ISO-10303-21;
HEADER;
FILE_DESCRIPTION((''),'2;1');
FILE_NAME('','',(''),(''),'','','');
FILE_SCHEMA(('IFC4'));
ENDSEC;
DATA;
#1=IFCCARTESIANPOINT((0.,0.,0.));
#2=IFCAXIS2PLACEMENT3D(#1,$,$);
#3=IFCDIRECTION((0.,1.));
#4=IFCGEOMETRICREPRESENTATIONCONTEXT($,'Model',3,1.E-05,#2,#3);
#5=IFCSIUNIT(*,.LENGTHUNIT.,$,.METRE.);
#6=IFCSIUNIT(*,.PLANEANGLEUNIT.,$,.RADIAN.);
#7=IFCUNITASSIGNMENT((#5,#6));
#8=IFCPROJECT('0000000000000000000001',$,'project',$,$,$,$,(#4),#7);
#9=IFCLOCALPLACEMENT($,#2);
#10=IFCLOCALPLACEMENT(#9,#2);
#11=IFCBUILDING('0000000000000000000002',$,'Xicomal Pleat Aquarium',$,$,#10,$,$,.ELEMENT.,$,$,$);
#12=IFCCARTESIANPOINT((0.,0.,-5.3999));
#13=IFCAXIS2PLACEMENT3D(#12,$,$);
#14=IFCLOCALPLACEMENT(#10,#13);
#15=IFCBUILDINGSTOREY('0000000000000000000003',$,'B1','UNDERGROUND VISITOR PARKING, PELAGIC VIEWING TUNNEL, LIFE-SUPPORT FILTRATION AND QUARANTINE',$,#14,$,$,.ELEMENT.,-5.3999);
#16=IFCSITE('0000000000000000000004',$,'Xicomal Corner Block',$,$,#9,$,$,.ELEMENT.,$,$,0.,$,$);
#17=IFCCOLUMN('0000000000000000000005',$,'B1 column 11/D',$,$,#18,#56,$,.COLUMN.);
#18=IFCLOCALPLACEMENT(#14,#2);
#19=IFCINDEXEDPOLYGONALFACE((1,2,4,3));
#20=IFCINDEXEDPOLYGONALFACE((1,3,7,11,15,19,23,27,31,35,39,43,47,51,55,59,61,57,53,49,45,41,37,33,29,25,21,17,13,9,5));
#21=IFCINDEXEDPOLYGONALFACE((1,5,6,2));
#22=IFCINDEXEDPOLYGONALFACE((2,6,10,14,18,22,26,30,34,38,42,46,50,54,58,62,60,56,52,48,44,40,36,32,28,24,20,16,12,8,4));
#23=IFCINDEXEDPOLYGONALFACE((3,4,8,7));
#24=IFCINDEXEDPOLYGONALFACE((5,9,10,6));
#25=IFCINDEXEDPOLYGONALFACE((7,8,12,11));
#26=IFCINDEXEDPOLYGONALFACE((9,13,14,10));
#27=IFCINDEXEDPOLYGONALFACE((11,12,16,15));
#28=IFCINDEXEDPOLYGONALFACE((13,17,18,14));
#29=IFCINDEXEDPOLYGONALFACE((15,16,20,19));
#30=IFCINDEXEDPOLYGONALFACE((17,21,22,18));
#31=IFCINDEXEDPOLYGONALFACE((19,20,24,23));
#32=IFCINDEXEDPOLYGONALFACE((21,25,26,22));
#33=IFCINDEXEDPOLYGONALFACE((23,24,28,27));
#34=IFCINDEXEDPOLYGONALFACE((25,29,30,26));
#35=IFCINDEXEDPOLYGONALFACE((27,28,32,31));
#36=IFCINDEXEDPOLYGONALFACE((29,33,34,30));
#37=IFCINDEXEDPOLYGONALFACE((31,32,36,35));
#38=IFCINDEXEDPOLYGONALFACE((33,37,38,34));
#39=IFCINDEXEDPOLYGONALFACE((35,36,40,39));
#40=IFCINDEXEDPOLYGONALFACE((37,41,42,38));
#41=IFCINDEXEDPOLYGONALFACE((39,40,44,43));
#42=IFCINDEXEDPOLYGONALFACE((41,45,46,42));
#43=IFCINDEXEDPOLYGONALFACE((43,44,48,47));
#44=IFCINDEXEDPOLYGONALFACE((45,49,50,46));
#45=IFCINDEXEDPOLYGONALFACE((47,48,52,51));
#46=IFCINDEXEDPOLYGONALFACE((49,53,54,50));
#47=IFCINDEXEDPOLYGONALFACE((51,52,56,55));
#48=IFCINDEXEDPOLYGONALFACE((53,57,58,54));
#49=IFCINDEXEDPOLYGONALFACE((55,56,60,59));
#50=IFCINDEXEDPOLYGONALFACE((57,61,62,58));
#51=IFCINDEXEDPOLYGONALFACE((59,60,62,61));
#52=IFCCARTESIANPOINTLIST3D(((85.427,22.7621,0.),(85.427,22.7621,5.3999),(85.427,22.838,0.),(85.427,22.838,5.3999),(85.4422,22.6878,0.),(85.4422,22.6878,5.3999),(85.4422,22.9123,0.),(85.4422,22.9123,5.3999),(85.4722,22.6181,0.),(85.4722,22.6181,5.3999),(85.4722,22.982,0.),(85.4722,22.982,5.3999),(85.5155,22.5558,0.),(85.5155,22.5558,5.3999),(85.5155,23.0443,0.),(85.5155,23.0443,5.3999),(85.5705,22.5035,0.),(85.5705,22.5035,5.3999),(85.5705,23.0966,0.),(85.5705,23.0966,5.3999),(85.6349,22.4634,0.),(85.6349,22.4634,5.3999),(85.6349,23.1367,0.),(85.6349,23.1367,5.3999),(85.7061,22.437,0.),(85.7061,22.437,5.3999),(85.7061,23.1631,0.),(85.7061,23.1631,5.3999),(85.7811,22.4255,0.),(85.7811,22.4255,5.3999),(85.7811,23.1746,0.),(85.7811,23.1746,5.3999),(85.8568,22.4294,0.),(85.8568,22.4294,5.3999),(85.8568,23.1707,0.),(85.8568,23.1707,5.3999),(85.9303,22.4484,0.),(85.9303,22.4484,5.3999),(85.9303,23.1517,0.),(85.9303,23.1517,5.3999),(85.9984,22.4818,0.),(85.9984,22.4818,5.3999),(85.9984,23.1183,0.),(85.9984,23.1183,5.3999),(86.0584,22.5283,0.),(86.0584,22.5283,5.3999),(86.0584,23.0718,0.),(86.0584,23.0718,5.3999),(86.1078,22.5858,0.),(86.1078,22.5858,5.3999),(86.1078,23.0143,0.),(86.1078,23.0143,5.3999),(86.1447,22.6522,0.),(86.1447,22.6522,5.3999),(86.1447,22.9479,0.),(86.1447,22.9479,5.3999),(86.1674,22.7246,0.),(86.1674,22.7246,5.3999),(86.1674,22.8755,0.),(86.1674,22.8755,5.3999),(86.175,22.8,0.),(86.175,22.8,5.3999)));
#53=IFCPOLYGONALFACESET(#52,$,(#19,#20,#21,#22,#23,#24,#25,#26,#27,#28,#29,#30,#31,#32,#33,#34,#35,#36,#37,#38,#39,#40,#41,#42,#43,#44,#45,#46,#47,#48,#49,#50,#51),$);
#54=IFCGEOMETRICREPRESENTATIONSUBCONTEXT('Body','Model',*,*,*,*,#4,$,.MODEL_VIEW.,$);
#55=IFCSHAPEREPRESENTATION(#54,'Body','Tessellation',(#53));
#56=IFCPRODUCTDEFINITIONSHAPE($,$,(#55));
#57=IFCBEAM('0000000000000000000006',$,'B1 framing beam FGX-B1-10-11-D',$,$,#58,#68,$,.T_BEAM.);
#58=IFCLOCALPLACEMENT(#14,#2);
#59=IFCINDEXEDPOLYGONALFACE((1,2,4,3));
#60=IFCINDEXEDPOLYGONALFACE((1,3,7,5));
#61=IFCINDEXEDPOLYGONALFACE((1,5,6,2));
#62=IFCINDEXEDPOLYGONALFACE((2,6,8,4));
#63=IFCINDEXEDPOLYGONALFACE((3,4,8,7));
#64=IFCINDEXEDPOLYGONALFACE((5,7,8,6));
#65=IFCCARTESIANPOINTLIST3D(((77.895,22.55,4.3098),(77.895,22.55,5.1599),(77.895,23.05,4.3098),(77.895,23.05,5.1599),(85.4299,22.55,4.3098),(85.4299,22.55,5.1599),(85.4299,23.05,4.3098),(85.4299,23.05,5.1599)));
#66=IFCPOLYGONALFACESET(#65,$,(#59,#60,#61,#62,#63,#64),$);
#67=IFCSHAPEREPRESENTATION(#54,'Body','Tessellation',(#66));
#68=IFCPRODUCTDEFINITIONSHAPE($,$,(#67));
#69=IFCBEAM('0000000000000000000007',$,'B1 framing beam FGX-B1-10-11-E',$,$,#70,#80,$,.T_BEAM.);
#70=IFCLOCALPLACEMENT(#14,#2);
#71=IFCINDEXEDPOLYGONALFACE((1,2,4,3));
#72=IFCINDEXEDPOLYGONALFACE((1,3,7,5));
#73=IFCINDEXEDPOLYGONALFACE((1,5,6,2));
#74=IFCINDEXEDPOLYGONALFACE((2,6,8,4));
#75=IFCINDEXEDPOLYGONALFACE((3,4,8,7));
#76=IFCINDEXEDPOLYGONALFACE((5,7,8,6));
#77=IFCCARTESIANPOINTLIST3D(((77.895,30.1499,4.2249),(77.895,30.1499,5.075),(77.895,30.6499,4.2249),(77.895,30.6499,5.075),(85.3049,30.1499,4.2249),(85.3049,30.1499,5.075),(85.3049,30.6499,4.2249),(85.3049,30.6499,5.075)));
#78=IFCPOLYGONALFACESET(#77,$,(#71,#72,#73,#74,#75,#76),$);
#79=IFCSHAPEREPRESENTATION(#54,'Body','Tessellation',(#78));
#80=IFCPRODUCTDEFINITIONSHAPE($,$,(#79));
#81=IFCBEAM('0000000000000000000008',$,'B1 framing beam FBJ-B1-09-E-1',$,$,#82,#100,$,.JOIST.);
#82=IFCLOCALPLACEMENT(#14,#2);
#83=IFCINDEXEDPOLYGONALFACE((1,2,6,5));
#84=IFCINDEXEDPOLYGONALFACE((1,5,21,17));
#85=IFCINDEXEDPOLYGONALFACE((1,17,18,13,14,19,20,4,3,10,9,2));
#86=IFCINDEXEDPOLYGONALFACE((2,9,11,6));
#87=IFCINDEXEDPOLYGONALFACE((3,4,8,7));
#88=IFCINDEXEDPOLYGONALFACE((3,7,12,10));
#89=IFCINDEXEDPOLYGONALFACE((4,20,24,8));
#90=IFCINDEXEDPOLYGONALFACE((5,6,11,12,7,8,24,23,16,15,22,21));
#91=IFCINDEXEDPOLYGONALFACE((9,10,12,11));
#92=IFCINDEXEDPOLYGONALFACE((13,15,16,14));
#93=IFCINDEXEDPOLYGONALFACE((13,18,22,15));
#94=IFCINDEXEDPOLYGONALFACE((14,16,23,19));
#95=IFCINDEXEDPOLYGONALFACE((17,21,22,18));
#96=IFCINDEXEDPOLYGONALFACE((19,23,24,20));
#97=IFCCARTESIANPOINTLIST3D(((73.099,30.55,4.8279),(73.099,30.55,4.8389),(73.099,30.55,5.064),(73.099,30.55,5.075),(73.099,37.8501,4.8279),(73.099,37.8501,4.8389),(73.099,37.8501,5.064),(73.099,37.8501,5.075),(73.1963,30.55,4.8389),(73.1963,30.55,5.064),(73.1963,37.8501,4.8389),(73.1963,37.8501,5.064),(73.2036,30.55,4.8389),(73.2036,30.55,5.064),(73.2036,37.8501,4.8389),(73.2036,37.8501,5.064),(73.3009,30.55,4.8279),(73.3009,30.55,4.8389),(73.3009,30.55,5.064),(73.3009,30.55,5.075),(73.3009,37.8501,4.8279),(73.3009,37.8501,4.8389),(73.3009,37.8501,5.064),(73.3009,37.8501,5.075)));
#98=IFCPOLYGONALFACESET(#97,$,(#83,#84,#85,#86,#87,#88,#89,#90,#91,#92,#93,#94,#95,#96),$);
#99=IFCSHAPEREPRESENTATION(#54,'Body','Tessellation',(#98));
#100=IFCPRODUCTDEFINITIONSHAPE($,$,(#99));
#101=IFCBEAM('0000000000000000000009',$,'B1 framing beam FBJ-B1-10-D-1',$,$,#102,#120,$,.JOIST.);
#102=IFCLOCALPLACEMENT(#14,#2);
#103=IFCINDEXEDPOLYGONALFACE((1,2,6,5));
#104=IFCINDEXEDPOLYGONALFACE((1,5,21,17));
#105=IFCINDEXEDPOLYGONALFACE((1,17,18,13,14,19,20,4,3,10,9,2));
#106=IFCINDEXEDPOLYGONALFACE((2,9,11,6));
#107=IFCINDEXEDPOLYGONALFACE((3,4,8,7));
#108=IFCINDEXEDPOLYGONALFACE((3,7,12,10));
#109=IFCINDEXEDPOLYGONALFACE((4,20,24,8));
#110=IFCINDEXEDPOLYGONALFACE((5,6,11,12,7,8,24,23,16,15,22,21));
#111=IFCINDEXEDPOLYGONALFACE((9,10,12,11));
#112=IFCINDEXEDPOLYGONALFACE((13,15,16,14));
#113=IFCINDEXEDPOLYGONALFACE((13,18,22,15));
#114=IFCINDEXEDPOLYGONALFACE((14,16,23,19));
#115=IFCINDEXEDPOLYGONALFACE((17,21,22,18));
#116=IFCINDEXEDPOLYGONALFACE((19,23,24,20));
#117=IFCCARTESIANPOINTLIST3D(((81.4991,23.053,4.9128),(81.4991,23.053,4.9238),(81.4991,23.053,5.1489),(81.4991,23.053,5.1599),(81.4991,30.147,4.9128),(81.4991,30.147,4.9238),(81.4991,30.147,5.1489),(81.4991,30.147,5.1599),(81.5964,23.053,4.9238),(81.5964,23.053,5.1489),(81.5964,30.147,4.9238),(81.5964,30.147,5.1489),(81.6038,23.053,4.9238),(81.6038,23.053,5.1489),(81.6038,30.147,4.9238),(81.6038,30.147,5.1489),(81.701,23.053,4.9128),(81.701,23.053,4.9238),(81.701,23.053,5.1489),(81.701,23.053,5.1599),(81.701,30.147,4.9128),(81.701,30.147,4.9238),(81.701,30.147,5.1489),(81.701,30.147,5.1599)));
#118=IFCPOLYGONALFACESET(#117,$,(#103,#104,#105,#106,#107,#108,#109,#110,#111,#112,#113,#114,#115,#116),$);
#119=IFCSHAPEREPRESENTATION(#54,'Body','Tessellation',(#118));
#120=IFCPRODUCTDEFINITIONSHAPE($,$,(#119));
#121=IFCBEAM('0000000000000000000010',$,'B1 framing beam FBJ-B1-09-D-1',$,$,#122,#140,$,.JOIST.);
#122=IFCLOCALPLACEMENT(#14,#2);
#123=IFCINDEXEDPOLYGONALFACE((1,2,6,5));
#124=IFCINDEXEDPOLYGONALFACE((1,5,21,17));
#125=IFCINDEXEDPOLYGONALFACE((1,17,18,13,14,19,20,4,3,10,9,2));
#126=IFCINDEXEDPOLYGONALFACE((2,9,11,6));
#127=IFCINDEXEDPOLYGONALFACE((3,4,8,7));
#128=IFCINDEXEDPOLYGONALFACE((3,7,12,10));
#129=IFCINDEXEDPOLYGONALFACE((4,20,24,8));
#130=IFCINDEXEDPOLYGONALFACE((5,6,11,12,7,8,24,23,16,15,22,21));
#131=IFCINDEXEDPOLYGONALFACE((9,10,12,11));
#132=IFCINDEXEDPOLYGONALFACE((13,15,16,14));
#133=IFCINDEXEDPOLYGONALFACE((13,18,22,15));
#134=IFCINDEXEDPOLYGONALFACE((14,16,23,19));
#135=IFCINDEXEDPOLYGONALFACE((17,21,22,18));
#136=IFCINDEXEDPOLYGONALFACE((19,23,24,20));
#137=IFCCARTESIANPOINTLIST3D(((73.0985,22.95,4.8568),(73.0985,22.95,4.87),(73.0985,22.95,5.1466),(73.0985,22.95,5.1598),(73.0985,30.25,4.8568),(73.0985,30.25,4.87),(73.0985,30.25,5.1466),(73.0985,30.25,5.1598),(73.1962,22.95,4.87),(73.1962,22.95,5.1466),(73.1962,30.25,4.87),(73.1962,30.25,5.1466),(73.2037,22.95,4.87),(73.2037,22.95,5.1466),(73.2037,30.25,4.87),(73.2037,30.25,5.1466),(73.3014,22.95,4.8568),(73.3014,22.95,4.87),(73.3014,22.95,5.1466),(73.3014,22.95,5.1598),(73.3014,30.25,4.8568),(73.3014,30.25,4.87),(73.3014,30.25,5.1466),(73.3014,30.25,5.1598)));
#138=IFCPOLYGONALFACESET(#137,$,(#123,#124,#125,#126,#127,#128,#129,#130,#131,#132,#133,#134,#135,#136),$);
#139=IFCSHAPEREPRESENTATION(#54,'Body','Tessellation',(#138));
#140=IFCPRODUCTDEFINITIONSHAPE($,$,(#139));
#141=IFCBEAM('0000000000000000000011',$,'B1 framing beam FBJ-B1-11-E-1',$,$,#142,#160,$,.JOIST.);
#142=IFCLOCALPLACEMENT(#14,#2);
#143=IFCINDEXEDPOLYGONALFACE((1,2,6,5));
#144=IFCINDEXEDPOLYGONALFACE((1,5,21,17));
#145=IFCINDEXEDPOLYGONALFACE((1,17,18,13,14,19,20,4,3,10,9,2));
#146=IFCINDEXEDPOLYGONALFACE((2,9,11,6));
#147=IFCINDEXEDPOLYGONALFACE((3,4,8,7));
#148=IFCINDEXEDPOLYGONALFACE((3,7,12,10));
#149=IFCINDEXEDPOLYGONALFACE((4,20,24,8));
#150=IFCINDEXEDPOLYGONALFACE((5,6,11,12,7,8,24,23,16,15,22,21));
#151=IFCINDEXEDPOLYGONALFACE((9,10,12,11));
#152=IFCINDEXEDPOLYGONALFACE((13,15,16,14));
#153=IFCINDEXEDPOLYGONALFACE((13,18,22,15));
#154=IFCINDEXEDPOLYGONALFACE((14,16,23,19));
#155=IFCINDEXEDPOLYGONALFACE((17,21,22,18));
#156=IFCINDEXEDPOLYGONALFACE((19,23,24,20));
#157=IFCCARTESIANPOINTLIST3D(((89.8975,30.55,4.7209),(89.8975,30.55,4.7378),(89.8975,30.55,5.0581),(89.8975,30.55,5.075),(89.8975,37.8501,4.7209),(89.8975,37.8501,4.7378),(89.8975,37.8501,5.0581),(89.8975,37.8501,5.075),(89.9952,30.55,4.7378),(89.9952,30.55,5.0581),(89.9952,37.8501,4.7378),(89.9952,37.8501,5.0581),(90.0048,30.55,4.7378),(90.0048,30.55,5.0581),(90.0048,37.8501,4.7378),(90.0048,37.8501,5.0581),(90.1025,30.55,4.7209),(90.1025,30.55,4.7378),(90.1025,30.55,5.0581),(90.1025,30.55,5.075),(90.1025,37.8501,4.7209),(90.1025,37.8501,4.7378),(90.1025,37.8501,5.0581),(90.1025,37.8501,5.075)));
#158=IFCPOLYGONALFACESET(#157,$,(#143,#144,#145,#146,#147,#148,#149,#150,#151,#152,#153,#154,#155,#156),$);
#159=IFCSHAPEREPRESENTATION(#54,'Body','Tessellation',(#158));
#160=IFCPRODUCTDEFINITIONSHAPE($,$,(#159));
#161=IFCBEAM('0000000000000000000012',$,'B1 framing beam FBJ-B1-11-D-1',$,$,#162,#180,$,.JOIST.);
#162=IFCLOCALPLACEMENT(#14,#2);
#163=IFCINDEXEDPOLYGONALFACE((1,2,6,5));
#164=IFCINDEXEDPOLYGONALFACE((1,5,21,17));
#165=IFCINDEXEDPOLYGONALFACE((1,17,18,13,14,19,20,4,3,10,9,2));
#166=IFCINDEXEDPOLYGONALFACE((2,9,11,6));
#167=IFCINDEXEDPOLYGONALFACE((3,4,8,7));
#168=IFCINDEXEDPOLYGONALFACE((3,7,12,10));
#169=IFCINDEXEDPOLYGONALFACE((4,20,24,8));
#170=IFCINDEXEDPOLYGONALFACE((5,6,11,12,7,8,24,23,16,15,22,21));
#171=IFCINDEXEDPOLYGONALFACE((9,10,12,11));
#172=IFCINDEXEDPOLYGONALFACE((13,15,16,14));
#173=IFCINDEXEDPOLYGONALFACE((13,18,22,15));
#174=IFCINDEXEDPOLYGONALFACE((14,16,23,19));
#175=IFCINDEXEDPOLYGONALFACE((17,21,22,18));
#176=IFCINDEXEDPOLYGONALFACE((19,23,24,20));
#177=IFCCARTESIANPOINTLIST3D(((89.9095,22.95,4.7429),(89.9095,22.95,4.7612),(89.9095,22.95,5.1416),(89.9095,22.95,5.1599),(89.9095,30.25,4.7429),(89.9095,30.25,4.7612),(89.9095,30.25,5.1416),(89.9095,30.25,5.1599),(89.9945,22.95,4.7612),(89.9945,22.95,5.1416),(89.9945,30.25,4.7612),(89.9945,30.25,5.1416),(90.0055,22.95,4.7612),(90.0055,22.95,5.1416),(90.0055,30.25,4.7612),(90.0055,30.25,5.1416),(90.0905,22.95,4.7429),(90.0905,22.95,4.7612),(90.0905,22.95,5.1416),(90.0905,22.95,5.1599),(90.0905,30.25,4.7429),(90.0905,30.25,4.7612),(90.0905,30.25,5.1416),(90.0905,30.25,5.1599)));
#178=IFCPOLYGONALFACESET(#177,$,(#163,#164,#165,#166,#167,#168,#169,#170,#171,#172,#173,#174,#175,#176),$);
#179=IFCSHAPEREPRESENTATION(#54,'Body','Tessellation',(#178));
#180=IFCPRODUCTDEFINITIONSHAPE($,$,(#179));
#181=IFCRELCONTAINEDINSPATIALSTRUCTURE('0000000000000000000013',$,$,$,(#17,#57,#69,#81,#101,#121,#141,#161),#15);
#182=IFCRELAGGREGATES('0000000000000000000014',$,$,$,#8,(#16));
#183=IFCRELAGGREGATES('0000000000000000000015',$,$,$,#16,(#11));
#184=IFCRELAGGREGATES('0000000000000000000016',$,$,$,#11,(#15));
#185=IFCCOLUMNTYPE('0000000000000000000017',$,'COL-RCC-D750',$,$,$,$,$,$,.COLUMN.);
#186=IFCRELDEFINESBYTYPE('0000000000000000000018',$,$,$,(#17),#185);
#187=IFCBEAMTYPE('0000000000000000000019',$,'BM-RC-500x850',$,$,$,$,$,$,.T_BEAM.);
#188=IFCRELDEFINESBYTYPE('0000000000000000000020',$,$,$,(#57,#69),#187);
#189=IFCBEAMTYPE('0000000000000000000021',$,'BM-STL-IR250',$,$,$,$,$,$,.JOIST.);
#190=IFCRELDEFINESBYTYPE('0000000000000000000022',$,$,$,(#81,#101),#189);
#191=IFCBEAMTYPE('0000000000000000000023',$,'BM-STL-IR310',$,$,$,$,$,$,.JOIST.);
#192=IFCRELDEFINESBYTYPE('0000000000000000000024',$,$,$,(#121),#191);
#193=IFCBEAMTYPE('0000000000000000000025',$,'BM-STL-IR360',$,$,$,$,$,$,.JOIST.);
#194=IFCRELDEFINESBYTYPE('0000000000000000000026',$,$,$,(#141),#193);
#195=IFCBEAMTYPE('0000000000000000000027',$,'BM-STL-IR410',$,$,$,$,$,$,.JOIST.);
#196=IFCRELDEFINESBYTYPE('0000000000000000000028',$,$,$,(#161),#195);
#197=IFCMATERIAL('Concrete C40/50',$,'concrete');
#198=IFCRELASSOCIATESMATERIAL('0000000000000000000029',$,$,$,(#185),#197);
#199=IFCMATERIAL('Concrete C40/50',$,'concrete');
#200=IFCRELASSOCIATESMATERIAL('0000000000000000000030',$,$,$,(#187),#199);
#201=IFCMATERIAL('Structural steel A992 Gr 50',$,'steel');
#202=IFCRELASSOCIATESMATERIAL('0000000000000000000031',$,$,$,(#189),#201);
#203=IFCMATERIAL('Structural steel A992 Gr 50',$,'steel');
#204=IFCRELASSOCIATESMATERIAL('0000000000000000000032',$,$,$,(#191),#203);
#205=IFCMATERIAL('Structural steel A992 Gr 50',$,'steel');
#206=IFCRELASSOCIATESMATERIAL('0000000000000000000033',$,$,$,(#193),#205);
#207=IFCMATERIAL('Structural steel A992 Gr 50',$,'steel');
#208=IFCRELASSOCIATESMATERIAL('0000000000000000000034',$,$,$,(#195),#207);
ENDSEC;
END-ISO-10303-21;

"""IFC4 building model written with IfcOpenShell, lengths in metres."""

from ifc_helpers import new_model, si_unit, direction, frame, origin, origin_2d, place, context, subcontext, project, spatial, rectangle, circle, i_section, extrude, material, material_profile, profile_set, type_object, element, save


model = new_model("IFC4")

# Units and contexts
model_context = context("Model", 3, precision=1e-05, world=origin(), true_north=direction((0.0, 1.0)))
body_context = subcontext(model_context, "Body", "Model", "MODEL_VIEW")
ifc_project = project(units=[si_unit("LENGTHUNIT", "METRE"), si_unit("PLANEANGLEUNIT", "RADIAN")], contexts=[model_context])

# Site, building, storey
site_placement = place(None, origin())
site = spatial("IfcSite", under=ifc_project, at=site_placement, Name="Xicomal Corner Block", CompositionType="ELEMENT", RefElevation=0.0)
building_placement = place(site_placement, origin())
building = spatial("IfcBuilding", under=site, at=building_placement, Name="Xicomal Pleat Aquarium", CompositionType="ELEMENT")
storey_placement = place(building_placement, frame((0.0, 0.0, -5.3999)))
storey = spatial("IfcBuildingStorey", under=building, at=storey_placement, Name="B1", Description="UNDERGROUND VISITOR PARKING, PELAGIC VIEWING TUNNEL, LIFE-SUPPORT FILTRATION AND QUARANTINE", CompositionType="ELEMENT", Elevation=-5.3999)

# Column
ifc_material_1 = material(Name="Concrete C40/50", Category="concrete")
ifc_material_profile_1 = material_profile(ifc_material_1, circle(Radius=0.375, at=origin_2d()), Name="RCC D750")
ifc_profile_set_1 = profile_set([ifc_material_profile_1], Name="Concrete C40/50")
column_type_1 = type_object("IfcColumnType", Name="COL-RCC-D750", PredefinedType="COLUMN", material=ifc_profile_set_1)
column_placement = place(storey_placement, frame((85.8, 22.8, 0.0), z_axis=(0.0, 0.0, 1.0), x_axis=(1.0, 0.0, 0.0)))
element("IfcColumn", 1, at=column_placement, inside=storey, type_object=column_type_1, Name="B1 column 11/D", PredefinedType="COLUMN", context=body_context, shape_type="SweptSolid", body=[
    extrude(circle(Radius=0.375, at=origin_2d()), origin(), (0.0, 0.0, 1.0), 5.3999),
])

# Beams
ifc_material_2 = material(Name="Concrete C40/50", Category="concrete")
ifc_material_profile_2 = material_profile(ifc_material_2, rectangle(XDim=0.5, YDim=0.8501, at=origin_2d()), Name="RC 500x850")
ifc_profile_set_2 = profile_set([ifc_material_profile_2], Name="Concrete C40/50")
beam_type_1 = type_object("IfcBeamType", Name="BM-RC-500x850", PredefinedType="T_BEAM", material=ifc_profile_set_2)
beam_1_placement = place(storey_placement, frame((77.895, 22.8, 4.7349), z_axis=(1.0, 0.0, 0.0), x_axis=(0.0, 1.0, 0.0)))
element("IfcBeam", 2, at=beam_1_placement, inside=storey, type_object=beam_type_1, Name="B1 framing beam FGX-B1-10-11-D", PredefinedType="T_BEAM", context=body_context, shape_type="SweptSolid", body=[
    extrude(rectangle(XDim=0.5, YDim=0.8501, at=origin_2d()), origin(), (0.0, 0.0, 1.0), 7.5349),
])
beam_2_placement = place(storey_placement, frame((77.895, 30.3999, 4.6499), z_axis=(1.0, 0.0, 0.0), x_axis=(0.0, 1.0, 0.0)))
element("IfcBeam", 3, at=beam_2_placement, inside=storey, type_object=beam_type_1, Name="B1 framing beam FGX-B1-10-11-E", PredefinedType="T_BEAM", context=body_context, shape_type="SweptSolid", body=[
    extrude(rectangle(XDim=0.5, YDim=0.8501, at=origin_2d()), origin(), (0.0, 0.0, 1.0), 7.4099),
])
ifc_material_3 = material(Name="Structural steel A992 Gr 50", Category="steel")
ifc_material_profile_3 = material_profile(ifc_material_3, i_section(OverallWidth=0.2019, OverallDepth=0.2471, WebThickness=0.0073, FlangeThickness=0.011, at=origin_2d()), Name="IR 250x49")
ifc_profile_set_3 = profile_set([ifc_material_profile_3], Name="Structural steel A992 Gr 50")
beam_type_2 = type_object("IfcBeamType", Name="BM-STL-IR250", PredefinedType="JOIST", material=ifc_profile_set_3)
beam_3_placement = place(storey_placement, frame((73.2, 30.55, 4.9514), z_axis=(0.0, 1.0, 0.0), x_axis=(-1.0, 0.0, 0.0)))
element("IfcBeam", 4, at=beam_3_placement, inside=storey, type_object=beam_type_2, Name="B1 framing beam FBJ-B1-09-E-1", PredefinedType="JOIST", context=body_context, shape_type="SweptSolid", body=[
    extrude(i_section(OverallWidth=0.2019, OverallDepth=0.2471, WebThickness=0.0073, FlangeThickness=0.011, at=origin_2d()), origin(), (0.0, 0.0, 1.0), 7.3),
])
beam_4_placement = place(storey_placement, frame((81.6001, 23.053, 5.0364), z_axis=(0.0, 1.0, 0.0), x_axis=(-1.0, 0.0, 0.0)))
element("IfcBeam", 5, at=beam_4_placement, inside=storey, type_object=beam_type_2, Name="B1 framing beam FBJ-B1-10-D-1", PredefinedType="JOIST", context=body_context, shape_type="SweptSolid", body=[
    extrude(i_section(OverallWidth=0.2019, OverallDepth=0.2471, WebThickness=0.0073, FlangeThickness=0.011, at=origin_2d()), origin(), (0.0, 0.0, 1.0), 7.094),
])
ifc_material_4 = material(Name="Structural steel A992 Gr 50", Category="steel")
ifc_material_profile_4 = material_profile(ifc_material_4, i_section(OverallWidth=0.2029, OverallDepth=0.303, WebThickness=0.0076, FlangeThickness=0.0132, at=origin_2d()), Name="IR 310x60")
ifc_profile_set_4 = profile_set([ifc_material_profile_4], Name="Structural steel A992 Gr 50")
beam_type_3 = type_object("IfcBeamType", Name="BM-STL-IR310", PredefinedType="JOIST", material=ifc_profile_set_4)
beam_5_placement = place(storey_placement, frame((73.2, 22.95, 5.0083), z_axis=(0.0, 1.0, 0.0), x_axis=(-1.0, 0.0, 0.0)))
element("IfcBeam", 6, at=beam_5_placement, inside=storey, type_object=beam_type_3, Name="B1 framing beam FBJ-B1-09-D-1", PredefinedType="JOIST", context=body_context, shape_type="SweptSolid", body=[
    extrude(i_section(OverallWidth=0.2029, OverallDepth=0.303, WebThickness=0.0076, FlangeThickness=0.0132, at=origin_2d()), origin(), (0.0, 0.0, 1.0), 7.3),
])
ifc_material_5 = material(Name="Structural steel A992 Gr 50", Category="steel")
ifc_material_profile_5 = material_profile(ifc_material_5, i_section(OverallWidth=0.2051, OverallDepth=0.354, WebThickness=0.0095, FlangeThickness=0.0168, at=origin_2d()), Name="IR 360x79")
ifc_profile_set_5 = profile_set([ifc_material_profile_5], Name="Structural steel A992 Gr 50")
beam_type_4 = type_object("IfcBeamType", Name="BM-STL-IR360", PredefinedType="JOIST", material=ifc_profile_set_5)
beam_6_placement = place(storey_placement, frame((90.0, 30.55, 4.8979), z_axis=(0.0, 1.0, 0.0), x_axis=(-1.0, 0.0, 0.0)))
element("IfcBeam", 7, at=beam_6_placement, inside=storey, type_object=beam_type_4, Name="B1 framing beam FBJ-B1-11-E-1", PredefinedType="JOIST", context=body_context, shape_type="SweptSolid", body=[
    extrude(i_section(OverallWidth=0.2051, OverallDepth=0.354, WebThickness=0.0095, FlangeThickness=0.0168, at=origin_2d()), origin(), (0.0, 0.0, 1.0), 7.3),
])
ifc_material_6 = material(Name="Structural steel A992 Gr 50", Category="steel")
ifc_material_profile_6 = material_profile(ifc_material_6, i_section(OverallWidth=0.1809, OverallDepth=0.417, WebThickness=0.011, FlangeThickness=0.0183, at=origin_2d()), Name="IR 410x85")
ifc_profile_set_6 = profile_set([ifc_material_profile_6], Name="Structural steel A992 Gr 50")
beam_type_5 = type_object("IfcBeamType", Name="BM-STL-IR410", PredefinedType="JOIST", material=ifc_profile_set_6)
beam_7_placement = place(storey_placement, frame((90.0, 22.95, 4.9514), z_axis=(0.0, 1.0, 0.0), x_axis=(-1.0, 0.0, 0.0)))
element("IfcBeam", 8, at=beam_7_placement, inside=storey, type_object=beam_type_5, Name="B1 framing beam FBJ-B1-11-D-1", PredefinedType="JOIST", context=body_context, shape_type="SweptSolid", body=[
    extrude(i_section(OverallWidth=0.1809, OverallDepth=0.417, WebThickness=0.011, FlangeThickness=0.0183, at=origin_2d()), origin(), (0.0, 0.0, 1.0), 7.3),
])

save(model, "model.ifc")
